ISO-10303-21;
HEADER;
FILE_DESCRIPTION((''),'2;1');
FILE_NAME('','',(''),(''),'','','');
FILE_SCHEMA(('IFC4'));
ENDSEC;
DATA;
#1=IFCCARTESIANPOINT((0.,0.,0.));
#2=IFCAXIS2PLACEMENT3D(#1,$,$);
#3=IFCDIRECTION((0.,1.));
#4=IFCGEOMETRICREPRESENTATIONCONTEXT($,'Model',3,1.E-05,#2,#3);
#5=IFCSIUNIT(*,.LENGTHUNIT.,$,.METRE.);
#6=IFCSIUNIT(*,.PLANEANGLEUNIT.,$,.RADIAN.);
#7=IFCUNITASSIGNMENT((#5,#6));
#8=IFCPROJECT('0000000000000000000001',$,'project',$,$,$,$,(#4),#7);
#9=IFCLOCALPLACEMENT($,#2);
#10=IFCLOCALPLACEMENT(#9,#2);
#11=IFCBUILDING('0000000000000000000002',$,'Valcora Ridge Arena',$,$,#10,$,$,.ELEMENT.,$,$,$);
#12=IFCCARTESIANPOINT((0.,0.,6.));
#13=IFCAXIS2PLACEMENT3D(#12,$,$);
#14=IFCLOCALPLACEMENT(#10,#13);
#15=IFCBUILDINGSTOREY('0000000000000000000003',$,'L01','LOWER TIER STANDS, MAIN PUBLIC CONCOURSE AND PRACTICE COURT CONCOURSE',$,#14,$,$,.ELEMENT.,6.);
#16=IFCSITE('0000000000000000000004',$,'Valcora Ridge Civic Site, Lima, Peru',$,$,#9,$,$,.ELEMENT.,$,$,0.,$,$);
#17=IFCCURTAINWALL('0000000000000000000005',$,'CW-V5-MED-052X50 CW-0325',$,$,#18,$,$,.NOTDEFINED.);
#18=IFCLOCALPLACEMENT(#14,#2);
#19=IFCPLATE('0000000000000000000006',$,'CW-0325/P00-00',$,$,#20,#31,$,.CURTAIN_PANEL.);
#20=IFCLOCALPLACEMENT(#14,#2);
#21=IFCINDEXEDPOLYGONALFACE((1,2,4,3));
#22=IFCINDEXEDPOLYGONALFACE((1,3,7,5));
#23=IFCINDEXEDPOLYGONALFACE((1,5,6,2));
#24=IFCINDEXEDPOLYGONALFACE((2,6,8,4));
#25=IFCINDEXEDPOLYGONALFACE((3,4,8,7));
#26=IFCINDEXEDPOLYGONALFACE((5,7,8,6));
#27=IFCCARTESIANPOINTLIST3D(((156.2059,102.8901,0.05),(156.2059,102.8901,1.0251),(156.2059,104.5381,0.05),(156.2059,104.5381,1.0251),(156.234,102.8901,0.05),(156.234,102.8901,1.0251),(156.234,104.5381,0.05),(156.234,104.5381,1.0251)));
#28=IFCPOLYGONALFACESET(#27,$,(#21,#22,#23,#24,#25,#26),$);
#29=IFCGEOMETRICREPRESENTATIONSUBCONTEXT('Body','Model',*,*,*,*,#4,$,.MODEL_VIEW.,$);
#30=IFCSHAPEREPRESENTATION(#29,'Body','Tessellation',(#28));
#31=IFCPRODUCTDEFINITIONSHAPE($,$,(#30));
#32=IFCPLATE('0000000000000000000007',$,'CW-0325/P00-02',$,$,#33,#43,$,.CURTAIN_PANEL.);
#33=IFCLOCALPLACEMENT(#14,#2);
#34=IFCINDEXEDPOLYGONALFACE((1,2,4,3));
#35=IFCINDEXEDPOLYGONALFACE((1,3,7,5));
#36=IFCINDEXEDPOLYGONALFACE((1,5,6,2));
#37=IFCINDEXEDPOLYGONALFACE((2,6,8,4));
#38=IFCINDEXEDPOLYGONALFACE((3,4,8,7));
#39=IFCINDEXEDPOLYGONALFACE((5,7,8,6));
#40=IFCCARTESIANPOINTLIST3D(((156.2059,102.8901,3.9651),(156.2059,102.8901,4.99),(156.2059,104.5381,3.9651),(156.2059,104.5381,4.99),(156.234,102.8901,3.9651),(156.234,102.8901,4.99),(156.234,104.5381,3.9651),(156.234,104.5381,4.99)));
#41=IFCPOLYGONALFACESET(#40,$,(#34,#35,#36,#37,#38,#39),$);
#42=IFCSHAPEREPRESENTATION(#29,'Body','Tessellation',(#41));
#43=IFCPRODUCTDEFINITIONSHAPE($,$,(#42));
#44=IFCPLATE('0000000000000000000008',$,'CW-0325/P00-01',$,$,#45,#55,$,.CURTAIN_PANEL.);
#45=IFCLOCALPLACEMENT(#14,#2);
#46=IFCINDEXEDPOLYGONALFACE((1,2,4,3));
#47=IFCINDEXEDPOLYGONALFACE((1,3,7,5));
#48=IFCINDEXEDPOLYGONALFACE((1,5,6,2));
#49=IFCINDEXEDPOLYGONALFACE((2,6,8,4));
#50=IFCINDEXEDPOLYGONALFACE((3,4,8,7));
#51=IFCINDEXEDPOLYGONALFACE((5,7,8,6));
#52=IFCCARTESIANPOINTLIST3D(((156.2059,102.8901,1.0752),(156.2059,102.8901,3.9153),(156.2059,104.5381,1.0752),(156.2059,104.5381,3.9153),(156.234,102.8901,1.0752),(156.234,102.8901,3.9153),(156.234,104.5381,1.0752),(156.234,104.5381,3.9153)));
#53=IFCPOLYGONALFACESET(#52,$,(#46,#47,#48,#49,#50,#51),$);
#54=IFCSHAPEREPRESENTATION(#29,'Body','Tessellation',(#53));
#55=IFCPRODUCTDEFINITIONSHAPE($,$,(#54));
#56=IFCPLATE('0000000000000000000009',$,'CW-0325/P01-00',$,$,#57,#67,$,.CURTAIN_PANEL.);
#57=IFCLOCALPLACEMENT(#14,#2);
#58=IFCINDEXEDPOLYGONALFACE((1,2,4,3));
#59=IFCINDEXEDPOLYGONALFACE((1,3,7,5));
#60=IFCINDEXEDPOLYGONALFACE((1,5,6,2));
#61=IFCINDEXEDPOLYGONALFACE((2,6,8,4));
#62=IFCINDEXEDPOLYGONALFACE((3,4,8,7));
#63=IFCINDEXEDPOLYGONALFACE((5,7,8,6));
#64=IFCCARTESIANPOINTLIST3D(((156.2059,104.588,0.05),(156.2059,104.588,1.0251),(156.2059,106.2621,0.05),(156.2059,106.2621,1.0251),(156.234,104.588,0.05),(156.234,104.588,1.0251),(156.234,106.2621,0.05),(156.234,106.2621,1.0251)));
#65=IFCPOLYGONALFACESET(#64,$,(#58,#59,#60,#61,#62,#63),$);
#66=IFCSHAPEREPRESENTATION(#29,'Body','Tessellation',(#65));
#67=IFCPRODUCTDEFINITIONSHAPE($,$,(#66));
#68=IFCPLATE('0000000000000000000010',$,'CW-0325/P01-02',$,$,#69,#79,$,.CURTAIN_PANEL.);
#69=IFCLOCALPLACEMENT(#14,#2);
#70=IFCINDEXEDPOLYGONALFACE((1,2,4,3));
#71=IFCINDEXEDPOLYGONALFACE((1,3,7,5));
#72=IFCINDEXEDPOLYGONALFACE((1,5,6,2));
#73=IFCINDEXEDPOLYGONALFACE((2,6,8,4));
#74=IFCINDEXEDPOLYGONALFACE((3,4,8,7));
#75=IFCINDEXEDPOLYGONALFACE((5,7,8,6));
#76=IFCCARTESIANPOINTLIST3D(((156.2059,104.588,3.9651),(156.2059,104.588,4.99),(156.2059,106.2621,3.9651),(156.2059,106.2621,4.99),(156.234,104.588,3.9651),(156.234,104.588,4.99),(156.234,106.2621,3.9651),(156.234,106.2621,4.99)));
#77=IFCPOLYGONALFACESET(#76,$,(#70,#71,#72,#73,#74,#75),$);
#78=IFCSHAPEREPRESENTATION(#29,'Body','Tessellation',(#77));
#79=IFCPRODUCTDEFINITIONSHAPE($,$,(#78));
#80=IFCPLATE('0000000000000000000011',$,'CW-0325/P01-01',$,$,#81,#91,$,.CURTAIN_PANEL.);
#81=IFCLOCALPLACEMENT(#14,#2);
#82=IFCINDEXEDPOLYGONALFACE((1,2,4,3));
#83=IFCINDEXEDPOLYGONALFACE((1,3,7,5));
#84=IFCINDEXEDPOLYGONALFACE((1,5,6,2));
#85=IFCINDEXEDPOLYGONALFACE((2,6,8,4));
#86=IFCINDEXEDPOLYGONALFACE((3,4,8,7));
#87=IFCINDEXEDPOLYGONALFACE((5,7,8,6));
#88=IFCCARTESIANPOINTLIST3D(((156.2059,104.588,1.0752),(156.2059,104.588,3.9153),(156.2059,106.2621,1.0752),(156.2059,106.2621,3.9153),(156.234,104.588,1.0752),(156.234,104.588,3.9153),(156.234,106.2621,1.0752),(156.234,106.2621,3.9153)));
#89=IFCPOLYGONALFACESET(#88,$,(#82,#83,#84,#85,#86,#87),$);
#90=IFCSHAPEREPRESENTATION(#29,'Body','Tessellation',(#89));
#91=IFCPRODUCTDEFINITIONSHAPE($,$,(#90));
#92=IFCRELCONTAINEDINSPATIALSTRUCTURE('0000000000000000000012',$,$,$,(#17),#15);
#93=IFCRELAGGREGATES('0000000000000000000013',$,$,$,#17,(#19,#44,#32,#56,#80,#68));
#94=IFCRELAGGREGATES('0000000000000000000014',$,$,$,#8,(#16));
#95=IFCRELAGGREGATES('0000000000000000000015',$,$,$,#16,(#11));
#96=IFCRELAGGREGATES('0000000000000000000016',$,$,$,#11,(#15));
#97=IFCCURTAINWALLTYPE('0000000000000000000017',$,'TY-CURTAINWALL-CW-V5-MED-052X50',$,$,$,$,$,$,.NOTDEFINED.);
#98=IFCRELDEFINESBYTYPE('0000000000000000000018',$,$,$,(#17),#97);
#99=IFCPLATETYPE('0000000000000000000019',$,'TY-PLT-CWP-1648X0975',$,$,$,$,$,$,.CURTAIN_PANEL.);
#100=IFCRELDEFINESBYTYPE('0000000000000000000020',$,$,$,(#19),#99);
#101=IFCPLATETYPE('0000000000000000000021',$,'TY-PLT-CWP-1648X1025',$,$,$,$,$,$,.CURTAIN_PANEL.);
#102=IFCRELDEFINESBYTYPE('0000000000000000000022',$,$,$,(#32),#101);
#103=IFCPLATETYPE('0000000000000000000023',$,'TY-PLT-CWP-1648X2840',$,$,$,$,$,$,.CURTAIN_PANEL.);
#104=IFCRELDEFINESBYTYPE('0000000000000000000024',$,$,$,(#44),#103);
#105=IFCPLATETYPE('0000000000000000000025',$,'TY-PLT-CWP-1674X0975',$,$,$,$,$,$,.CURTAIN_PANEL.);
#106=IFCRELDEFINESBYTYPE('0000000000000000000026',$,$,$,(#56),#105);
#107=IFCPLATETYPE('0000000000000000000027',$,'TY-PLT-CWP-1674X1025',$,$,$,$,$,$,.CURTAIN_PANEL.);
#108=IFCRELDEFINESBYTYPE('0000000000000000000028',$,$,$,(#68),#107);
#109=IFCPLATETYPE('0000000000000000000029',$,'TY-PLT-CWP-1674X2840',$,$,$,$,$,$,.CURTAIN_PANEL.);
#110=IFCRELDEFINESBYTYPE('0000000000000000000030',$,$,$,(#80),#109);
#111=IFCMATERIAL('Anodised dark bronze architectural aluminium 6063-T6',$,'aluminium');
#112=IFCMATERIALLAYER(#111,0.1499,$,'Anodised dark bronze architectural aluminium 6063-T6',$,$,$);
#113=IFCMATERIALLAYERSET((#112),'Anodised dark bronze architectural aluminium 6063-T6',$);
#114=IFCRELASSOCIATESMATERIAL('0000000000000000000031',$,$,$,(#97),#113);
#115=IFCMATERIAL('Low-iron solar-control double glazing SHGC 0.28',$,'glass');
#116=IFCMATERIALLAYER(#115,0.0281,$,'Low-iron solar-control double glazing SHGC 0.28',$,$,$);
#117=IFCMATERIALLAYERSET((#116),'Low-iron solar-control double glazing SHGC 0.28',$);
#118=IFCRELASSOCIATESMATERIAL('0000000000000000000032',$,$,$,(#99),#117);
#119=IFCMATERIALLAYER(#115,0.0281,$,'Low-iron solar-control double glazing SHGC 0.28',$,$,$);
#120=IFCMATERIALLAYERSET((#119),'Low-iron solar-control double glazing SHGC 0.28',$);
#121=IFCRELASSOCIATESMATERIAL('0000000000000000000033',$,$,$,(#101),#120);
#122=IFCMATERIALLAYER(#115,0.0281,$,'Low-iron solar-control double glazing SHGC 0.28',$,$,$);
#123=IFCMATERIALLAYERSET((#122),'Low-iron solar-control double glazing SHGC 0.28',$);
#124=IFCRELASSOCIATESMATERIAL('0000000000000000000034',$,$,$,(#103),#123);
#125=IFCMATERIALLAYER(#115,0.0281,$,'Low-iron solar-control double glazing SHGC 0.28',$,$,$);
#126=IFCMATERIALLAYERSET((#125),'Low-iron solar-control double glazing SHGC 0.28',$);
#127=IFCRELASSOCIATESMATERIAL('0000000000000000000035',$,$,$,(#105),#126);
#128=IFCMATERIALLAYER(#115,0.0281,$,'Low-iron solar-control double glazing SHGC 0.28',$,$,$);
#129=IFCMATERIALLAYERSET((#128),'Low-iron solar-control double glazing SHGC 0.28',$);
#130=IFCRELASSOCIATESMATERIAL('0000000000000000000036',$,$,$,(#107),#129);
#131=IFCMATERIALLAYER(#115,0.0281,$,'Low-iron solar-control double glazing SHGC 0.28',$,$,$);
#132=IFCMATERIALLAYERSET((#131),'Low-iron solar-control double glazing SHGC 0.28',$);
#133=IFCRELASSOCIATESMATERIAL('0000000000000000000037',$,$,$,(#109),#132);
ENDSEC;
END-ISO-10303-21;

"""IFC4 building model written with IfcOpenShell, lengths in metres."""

from ifc_helpers import new_model, si_unit, direction, frame, origin, origin_2d, place, context, subcontext, project, spatial, rectangle, extrude, material, layer, layer_set, type_object, element, aggregate, save


model = new_model("IFC4")

# Units and contexts
model_context = context("Model", 3, precision=1e-05, world=origin(), true_north=direction((0.0, 1.0)))
body_context = subcontext(model_context, "Body", "Model", "MODEL_VIEW")
ifc_project = project(units=[si_unit("LENGTHUNIT", "METRE"), si_unit("PLANEANGLEUNIT", "RADIAN")], contexts=[model_context])

# Site, building, storey
site_placement = place(None, origin())
site = spatial("IfcSite", under=ifc_project, at=site_placement, Name="Valcora Ridge Civic Site, Lima, Peru", CompositionType="ELEMENT", RefElevation=0.0)
building_placement = place(site_placement, origin())
building = spatial("IfcBuilding", under=site, at=building_placement, Name="Valcora Ridge Arena", CompositionType="ELEMENT")
storey_placement = place(building_placement, frame((0.0, 0.0, 6.0)))
storey = spatial("IfcBuildingStorey", under=building, at=storey_placement, Name="L01", Description="LOWER TIER STANDS, MAIN PUBLIC CONCOURSE AND PRACTICE COURT CONCOURSE", CompositionType="ELEMENT", Elevation=6.0)

# Shared definitions
ifc_material_1 = material(Name="Anodised dark bronze architectural aluminium 6063-T6", Category="aluminium")

# Curtain wall
ifc_layer_1 = layer(ifc_material_1, 0.1499, Name="Anodised dark bronze architectural aluminium 6063-T6")
ifc_layer_set_1 = layer_set([ifc_layer_1], Name="Anodised dark bronze architectural aluminium 6063-T6")
curtain_wall_type_1 = type_object("IfcCurtainWallType", Name="TY-CURTAINWALL-CW-V5-MED-052X50", PredefinedType="NOTDEFINED", material=ifc_layer_set_1)
curtain_wall_1_placement = place(storey_placement, origin())
curtain_wall_1 = element("IfcCurtainWall", 1, at=curtain_wall_1_placement, inside=storey, type_object=curtain_wall_type_1, Name="CW-V5-MED-052X50 CW-0325", PredefinedType="NOTDEFINED")

# Plates
ifc_material_2 = material(Name="Low-iron solar-control double glazing SHGC 0.28", Category="glass")
ifc_layer_2 = layer(ifc_material_2, 0.0281, Name="Low-iron solar-control double glazing SHGC 0.28")
ifc_layer_set_2 = layer_set([ifc_layer_2], Name="Low-iron solar-control double glazing SHGC 0.28")
plate_type_1 = type_object("IfcPlateType", Name="TY-PLT-CWP-1648X0975", PredefinedType="CURTAIN_PANEL", material=ifc_layer_set_2)
plate_1_placement = place(storey_placement, frame((156.22, 103.7141, 0.05), z_axis=(0.0, 0.0, 1.0), x_axis=(0.0, 1.0, 0.0)))
plate_1 = element("IfcPlate", 2, at=plate_1_placement, type_object=plate_type_1, Name="CW-0325/P00-00", PredefinedType="CURTAIN_PANEL", context=body_context, shape_type="SweptSolid", body=[
    extrude(rectangle(XDim=1.6479, YDim=0.0281, at=origin_2d()), origin(), (0.0, 0.0, 1.0), 0.9751),
])
ifc_layer_3 = layer(ifc_material_2, 0.0281, Name="Low-iron solar-control double glazing SHGC 0.28")
ifc_layer_set_3 = layer_set([ifc_layer_3], Name="Low-iron solar-control double glazing SHGC 0.28")
plate_type_2 = type_object("IfcPlateType", Name="TY-PLT-CWP-1648X1025", PredefinedType="CURTAIN_PANEL", material=ifc_layer_set_3)
plate_2_placement = place(storey_placement, frame((156.22, 103.7141, 3.9651), z_axis=(0.0, 0.0, 1.0), x_axis=(0.0, 1.0, 0.0)))
plate_2 = element("IfcPlate", 3, at=plate_2_placement, type_object=plate_type_2, Name="CW-0325/P00-02", PredefinedType="CURTAIN_PANEL", context=body_context, shape_type="SweptSolid", body=[
    extrude(rectangle(XDim=1.6479, YDim=0.0281, at=origin_2d()), origin(), (0.0, 0.0, 1.0), 1.0249),
])
ifc_layer_4 = layer(ifc_material_2, 0.0281, Name="Low-iron solar-control double glazing SHGC 0.28")
ifc_layer_set_4 = layer_set([ifc_layer_4], Name="Low-iron solar-control double glazing SHGC 0.28")
plate_type_3 = type_object("IfcPlateType", Name="TY-PLT-CWP-1648X2840", PredefinedType="CURTAIN_PANEL", material=ifc_layer_set_4)
plate_3_placement = place(storey_placement, frame((156.22, 103.7141, 1.0752), z_axis=(0.0, 0.0, 1.0), x_axis=(0.0, 1.0, 0.0)))
plate_3 = element("IfcPlate", 4, at=plate_3_placement, type_object=plate_type_3, Name="CW-0325/P00-01", PredefinedType="CURTAIN_PANEL", context=body_context, shape_type="SweptSolid", body=[
    extrude(rectangle(XDim=1.6479, YDim=0.0281, at=origin_2d()), origin(), (0.0, 0.0, 1.0), 2.8401),
])
ifc_layer_5 = layer(ifc_material_2, 0.0281, Name="Low-iron solar-control double glazing SHGC 0.28")
ifc_layer_set_5 = layer_set([ifc_layer_5], Name="Low-iron solar-control double glazing SHGC 0.28")
plate_type_4 = type_object("IfcPlateType", Name="TY-PLT-CWP-1674X0975", PredefinedType="CURTAIN_PANEL", material=ifc_layer_set_5)
plate_4_placement = place(storey_placement, frame((156.22, 105.425, 0.05), z_axis=(0.0, 0.0, 1.0), x_axis=(0.0, 1.0, 0.0)))
plate_4 = element("IfcPlate", 5, at=plate_4_placement, type_object=plate_type_4, Name="CW-0325/P01-00", PredefinedType="CURTAIN_PANEL", context=body_context, shape_type="SweptSolid", body=[
    extrude(rectangle(XDim=1.6741, YDim=0.0281, at=origin_2d()), origin(), (0.0, 0.0, 1.0), 0.9751),
])
ifc_layer_6 = layer(ifc_material_2, 0.0281, Name="Low-iron solar-control double glazing SHGC 0.28")
ifc_layer_set_6 = layer_set([ifc_layer_6], Name="Low-iron solar-control double glazing SHGC 0.28")
plate_type_5 = type_object("IfcPlateType", Name="TY-PLT-CWP-1674X1025", PredefinedType="CURTAIN_PANEL", material=ifc_layer_set_6)
plate_5_placement = place(storey_placement, frame((156.22, 105.425, 3.9651), z_axis=(0.0, 0.0, 1.0), x_axis=(0.0, 1.0, 0.0)))
plate_5 = element("IfcPlate", 6, at=plate_5_placement, type_object=plate_type_5, Name="CW-0325/P01-02", PredefinedType="CURTAIN_PANEL", context=body_context, shape_type="SweptSolid", body=[
    extrude(rectangle(XDim=1.6741, YDim=0.0281, at=origin_2d()), origin(), (0.0, 0.0, 1.0), 1.0249),
])
ifc_layer_7 = layer(ifc_material_2, 0.0281, Name="Low-iron solar-control double glazing SHGC 0.28")
ifc_layer_set_7 = layer_set([ifc_layer_7], Name="Low-iron solar-control double glazing SHGC 0.28")
plate_type_6 = type_object("IfcPlateType", Name="TY-PLT-CWP-1674X2840", PredefinedType="CURTAIN_PANEL", material=ifc_layer_set_7)
plate_6_placement = place(storey_placement, frame((156.22, 105.425, 1.0752), z_axis=(0.0, 0.0, 1.0), x_axis=(0.0, 1.0, 0.0)))
plate_6 = element("IfcPlate", 7, at=plate_6_placement, type_object=plate_type_6, Name="CW-0325/P01-01", PredefinedType="CURTAIN_PANEL", context=body_context, shape_type="SweptSolid", body=[
    extrude(rectangle(XDim=1.6741, YDim=0.0281, at=origin_2d()), origin(), (0.0, 0.0, 1.0), 2.8401),
])
aggregate(curtain_wall_1, [plate_1, plate_3, plate_2, plate_4, plate_6, plate_5])

save(model, "model.ifc")
